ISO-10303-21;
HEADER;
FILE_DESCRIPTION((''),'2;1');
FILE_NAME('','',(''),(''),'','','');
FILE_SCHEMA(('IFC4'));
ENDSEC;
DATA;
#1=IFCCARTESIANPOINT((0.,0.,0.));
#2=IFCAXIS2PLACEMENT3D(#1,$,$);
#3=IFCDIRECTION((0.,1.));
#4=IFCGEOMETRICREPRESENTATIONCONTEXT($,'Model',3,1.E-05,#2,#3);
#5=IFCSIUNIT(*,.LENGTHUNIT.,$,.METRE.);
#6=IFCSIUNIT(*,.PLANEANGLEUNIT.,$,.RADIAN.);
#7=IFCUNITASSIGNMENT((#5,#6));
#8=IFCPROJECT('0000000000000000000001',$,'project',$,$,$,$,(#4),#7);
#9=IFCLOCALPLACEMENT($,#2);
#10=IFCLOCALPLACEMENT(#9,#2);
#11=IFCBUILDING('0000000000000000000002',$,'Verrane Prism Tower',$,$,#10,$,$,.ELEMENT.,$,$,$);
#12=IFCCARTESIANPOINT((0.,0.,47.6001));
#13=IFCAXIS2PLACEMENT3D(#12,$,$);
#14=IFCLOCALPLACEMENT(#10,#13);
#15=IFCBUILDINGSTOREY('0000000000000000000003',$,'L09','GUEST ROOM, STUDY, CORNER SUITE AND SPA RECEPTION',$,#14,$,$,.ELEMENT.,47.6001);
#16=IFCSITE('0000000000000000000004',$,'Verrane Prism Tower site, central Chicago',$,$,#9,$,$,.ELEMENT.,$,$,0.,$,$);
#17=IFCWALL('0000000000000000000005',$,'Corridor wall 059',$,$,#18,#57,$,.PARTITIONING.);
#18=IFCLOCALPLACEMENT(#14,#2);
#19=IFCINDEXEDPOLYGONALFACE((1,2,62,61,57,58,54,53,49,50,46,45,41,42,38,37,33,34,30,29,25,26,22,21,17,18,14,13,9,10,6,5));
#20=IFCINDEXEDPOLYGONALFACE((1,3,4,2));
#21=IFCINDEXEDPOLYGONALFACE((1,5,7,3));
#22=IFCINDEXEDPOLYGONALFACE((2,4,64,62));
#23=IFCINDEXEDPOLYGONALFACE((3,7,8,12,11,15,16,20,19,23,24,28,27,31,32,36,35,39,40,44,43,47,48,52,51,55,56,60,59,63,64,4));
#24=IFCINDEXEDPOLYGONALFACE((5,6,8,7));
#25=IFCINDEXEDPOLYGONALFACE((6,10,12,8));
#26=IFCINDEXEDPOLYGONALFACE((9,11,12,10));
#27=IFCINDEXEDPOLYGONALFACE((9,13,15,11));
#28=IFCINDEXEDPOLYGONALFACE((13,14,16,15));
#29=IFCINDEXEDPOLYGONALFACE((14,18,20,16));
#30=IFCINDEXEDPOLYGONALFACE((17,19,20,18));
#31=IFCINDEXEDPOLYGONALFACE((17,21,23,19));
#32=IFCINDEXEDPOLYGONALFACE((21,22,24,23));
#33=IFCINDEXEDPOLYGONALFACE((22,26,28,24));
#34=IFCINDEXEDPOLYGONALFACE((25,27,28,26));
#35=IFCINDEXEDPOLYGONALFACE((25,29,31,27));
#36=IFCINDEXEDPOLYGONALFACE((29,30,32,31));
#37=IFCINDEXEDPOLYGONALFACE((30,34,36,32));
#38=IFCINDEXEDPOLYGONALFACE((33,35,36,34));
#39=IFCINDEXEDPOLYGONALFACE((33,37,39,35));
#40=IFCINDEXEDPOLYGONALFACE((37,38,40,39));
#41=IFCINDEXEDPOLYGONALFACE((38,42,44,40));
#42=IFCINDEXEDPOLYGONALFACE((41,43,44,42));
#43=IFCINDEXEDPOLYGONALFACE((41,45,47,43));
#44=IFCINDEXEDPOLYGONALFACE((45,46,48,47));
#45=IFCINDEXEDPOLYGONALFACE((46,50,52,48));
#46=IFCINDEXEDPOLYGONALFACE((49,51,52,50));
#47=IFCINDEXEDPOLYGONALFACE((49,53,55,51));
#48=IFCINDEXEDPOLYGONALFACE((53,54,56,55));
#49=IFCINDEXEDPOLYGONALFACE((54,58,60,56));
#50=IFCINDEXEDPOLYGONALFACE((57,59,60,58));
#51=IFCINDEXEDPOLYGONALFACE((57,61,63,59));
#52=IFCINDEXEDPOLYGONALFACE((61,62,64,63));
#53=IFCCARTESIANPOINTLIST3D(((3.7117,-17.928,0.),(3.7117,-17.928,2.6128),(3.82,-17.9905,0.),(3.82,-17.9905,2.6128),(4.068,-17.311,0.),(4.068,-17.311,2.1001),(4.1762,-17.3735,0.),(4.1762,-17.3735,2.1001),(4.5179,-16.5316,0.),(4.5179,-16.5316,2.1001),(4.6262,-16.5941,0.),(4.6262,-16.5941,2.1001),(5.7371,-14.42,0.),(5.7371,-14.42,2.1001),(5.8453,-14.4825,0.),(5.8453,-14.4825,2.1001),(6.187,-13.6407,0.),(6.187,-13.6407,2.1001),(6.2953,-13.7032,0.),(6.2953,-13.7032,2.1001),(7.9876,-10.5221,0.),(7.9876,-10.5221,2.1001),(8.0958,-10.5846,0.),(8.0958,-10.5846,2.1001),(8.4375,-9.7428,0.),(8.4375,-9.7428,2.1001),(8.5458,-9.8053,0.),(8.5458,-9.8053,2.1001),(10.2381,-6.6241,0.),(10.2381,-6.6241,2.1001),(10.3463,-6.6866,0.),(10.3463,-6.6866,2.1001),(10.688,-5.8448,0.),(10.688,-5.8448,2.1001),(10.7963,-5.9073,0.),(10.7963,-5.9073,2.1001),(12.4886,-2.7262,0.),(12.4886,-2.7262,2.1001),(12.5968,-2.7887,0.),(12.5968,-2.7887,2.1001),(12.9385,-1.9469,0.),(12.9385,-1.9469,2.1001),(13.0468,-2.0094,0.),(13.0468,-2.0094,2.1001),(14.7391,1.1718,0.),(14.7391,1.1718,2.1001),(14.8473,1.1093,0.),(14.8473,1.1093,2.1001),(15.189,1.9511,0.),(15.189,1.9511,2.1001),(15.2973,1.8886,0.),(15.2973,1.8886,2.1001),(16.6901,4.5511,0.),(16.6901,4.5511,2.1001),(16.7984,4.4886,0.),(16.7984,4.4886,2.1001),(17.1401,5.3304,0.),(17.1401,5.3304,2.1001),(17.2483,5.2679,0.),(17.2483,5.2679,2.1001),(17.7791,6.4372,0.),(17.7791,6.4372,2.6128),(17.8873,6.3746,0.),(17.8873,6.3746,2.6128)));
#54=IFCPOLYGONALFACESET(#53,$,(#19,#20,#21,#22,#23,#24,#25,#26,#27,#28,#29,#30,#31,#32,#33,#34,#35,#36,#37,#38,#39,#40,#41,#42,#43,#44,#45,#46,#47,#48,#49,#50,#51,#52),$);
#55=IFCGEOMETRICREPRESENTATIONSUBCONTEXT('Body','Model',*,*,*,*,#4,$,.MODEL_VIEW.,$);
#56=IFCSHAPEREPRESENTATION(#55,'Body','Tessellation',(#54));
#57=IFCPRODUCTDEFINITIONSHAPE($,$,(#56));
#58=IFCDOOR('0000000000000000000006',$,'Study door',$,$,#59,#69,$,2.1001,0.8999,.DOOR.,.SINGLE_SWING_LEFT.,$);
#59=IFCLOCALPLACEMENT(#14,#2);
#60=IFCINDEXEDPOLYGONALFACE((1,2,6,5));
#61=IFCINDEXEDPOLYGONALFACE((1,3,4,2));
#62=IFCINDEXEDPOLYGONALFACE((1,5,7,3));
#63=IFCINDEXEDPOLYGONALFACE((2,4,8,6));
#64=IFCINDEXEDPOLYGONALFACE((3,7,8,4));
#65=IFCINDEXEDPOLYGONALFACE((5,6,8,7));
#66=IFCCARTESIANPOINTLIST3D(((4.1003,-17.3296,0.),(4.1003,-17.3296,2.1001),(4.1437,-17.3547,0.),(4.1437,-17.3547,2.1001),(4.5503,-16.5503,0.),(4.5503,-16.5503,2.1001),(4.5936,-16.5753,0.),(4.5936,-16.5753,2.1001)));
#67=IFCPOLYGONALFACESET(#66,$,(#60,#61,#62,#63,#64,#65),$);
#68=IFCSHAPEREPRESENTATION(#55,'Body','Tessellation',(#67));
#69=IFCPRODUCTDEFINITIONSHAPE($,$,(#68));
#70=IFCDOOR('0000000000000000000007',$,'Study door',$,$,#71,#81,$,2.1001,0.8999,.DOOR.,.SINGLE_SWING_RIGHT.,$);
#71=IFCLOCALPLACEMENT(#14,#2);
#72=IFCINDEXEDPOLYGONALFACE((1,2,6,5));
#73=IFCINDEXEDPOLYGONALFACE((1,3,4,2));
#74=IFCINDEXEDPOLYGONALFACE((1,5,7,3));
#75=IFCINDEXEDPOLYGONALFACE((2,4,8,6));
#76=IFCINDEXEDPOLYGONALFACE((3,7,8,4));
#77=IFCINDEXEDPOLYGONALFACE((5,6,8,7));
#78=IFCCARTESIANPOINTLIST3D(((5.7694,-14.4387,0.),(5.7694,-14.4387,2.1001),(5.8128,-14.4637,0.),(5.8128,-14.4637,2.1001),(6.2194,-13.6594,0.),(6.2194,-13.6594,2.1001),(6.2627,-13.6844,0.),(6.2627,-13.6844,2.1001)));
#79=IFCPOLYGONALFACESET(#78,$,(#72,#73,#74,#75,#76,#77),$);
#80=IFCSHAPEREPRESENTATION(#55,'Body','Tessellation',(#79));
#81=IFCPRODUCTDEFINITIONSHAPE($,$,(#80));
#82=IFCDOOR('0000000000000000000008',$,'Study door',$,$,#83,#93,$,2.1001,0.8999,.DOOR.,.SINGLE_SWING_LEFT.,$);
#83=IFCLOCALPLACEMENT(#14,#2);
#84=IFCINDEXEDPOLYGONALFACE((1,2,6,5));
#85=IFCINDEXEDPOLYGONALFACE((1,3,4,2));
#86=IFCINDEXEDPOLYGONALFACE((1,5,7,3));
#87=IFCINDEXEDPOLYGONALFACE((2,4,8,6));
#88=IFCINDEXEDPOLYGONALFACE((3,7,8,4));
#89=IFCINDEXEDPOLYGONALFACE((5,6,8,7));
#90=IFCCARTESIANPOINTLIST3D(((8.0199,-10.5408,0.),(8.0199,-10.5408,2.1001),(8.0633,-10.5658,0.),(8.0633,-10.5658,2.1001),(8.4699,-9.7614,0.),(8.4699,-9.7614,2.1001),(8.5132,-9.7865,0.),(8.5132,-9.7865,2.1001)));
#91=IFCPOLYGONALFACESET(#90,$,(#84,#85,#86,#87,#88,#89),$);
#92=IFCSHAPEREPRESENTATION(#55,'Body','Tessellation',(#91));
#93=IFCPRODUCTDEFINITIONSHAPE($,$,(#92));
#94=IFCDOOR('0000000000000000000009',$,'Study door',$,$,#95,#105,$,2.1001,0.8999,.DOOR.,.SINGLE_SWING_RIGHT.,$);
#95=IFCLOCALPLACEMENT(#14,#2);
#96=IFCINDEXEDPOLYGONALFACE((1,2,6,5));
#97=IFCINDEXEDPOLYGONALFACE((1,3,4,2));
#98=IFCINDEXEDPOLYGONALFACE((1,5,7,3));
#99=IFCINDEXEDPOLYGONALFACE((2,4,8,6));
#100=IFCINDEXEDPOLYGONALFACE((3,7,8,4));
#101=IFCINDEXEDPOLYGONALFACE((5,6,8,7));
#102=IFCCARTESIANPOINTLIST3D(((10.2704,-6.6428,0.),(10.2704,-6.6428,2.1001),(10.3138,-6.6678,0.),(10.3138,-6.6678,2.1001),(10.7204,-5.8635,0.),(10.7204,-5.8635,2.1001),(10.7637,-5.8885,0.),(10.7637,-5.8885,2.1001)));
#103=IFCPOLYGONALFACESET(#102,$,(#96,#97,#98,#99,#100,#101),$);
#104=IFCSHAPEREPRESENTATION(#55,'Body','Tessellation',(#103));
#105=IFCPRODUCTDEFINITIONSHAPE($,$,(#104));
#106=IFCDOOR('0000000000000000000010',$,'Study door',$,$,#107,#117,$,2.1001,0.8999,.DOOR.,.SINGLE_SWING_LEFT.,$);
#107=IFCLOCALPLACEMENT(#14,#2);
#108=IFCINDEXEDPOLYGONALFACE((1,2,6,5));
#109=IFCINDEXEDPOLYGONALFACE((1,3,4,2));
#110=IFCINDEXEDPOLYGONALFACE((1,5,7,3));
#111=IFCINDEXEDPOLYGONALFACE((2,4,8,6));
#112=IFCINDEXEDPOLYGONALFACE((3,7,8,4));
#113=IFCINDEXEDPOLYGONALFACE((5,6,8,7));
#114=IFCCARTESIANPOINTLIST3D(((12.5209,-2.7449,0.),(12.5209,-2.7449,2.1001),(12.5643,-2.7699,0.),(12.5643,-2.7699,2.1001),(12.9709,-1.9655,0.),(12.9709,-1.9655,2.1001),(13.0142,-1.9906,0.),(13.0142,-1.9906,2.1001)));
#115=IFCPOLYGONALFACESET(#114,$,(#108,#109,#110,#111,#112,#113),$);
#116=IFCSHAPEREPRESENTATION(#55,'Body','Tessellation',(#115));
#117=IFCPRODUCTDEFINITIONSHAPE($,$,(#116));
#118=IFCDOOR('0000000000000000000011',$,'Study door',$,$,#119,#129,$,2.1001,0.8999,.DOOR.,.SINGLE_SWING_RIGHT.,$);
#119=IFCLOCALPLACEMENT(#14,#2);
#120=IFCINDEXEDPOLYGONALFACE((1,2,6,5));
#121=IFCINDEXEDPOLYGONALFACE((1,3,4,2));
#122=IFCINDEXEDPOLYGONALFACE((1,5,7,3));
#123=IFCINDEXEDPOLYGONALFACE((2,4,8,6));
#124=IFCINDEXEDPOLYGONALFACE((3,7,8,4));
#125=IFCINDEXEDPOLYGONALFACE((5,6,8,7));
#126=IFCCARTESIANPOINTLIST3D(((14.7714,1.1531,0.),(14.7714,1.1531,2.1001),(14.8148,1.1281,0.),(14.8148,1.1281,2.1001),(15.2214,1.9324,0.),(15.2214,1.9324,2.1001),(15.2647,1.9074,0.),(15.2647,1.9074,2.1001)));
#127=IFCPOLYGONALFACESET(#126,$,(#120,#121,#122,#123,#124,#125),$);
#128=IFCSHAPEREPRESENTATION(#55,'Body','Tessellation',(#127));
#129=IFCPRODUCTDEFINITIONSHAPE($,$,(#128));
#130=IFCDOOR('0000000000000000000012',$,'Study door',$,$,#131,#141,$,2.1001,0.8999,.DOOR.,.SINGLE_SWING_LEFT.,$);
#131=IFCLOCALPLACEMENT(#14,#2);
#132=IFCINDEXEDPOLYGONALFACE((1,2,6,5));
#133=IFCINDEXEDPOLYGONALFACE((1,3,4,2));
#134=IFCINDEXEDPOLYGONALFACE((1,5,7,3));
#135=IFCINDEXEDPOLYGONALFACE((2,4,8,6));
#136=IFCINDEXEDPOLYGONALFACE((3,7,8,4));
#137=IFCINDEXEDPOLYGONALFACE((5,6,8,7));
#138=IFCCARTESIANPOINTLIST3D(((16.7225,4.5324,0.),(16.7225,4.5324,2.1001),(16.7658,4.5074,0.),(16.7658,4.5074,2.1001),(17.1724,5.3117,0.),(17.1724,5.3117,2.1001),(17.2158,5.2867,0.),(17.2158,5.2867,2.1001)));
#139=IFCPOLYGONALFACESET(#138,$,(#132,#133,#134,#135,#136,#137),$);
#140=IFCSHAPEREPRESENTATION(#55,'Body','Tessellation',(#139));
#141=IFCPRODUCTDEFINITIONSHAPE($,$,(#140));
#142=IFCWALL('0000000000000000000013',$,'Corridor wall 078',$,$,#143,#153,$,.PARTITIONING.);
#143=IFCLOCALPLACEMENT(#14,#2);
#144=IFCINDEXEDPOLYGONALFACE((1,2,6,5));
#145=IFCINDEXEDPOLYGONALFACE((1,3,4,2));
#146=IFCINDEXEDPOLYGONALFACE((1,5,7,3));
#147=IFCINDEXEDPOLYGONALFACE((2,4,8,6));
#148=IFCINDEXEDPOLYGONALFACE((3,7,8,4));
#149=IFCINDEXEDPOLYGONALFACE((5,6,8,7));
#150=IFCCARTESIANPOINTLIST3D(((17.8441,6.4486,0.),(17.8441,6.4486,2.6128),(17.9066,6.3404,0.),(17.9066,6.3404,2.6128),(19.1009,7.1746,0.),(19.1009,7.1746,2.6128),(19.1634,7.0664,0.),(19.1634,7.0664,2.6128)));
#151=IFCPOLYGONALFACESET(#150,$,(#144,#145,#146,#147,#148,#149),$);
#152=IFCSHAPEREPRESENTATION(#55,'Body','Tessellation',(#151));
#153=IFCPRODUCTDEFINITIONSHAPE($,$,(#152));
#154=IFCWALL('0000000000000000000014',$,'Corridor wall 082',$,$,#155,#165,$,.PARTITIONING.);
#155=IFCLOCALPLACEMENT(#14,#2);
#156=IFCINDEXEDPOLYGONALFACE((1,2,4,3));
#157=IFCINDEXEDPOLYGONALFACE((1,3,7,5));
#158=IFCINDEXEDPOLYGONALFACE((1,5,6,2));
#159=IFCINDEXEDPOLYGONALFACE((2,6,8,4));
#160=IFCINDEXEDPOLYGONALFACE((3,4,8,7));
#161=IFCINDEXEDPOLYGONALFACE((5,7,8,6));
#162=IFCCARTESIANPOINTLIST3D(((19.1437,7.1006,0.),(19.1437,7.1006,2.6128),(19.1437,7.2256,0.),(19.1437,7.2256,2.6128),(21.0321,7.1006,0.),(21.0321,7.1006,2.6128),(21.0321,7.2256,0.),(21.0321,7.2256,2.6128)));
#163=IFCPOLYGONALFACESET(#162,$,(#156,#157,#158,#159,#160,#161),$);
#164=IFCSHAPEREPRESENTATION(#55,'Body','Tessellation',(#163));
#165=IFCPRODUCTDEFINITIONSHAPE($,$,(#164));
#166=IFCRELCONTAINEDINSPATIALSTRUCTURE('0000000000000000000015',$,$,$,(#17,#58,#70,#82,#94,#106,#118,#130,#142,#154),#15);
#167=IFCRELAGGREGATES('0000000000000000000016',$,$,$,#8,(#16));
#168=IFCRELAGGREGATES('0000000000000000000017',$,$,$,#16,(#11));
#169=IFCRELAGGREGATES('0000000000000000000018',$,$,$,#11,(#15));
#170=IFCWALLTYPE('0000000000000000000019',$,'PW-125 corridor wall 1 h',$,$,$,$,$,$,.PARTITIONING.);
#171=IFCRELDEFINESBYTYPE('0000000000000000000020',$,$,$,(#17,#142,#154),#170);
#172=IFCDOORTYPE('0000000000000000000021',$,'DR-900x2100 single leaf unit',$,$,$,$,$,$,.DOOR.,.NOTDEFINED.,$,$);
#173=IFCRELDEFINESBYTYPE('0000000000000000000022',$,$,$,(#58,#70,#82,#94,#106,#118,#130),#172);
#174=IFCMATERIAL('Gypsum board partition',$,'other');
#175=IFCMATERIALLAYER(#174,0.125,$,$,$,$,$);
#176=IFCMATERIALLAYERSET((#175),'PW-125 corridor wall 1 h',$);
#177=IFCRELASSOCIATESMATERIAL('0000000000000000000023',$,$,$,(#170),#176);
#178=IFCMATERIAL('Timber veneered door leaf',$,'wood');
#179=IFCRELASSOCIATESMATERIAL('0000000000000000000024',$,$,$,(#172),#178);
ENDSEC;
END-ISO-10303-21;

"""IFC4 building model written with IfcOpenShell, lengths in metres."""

from ifc_helpers import new_model, si_unit, direction, frame, frame_2d, origin, place, context, subcontext, project, spatial, rectangle, extrude, material, layer, layer_set, type_object, element, fill, save


model = new_model("IFC4")

# Units and contexts
model_context = context("Model", 3, precision=1e-05, world=origin(), true_north=direction((0.0, 1.0)))
body_context = subcontext(model_context, "Body", "Model", "MODEL_VIEW")
ifc_project = project(units=[si_unit("LENGTHUNIT", "METRE"), si_unit("PLANEANGLEUNIT", "RADIAN")], contexts=[model_context])

# Site, building, storey
site_placement = place(None, origin())
site = spatial("IfcSite", under=ifc_project, at=site_placement, Name="Verrane Prism Tower site, central Chicago", CompositionType="ELEMENT", RefElevation=0.0)
building_placement = place(site_placement, origin())
building = spatial("IfcBuilding", under=site, at=building_placement, Name="Verrane Prism Tower", CompositionType="ELEMENT")
storey_placement = place(building_placement, frame((0.0, 0.0, 47.6001)))
storey = spatial("IfcBuildingStorey", under=building, at=storey_placement, Name="L09", Description="GUEST ROOM, STUDY, CORNER SUITE AND SPA RECEPTION", CompositionType="ELEMENT", Elevation=47.6001)

# Wall, openings, doors
ifc_material_1 = material(Name="Gypsum board partition", Category="other")
ifc_layer_1 = layer(ifc_material_1, 0.125)
ifc_layer_set_1 = layer_set([ifc_layer_1], Name="PW-125 corridor wall 1 h")
wall_type_1 = type_object("IfcWallType", Name="PW-125 corridor wall 1 h", PredefinedType="PARTITIONING", material=ifc_layer_set_1)
wall_1_placement = place(storey_placement, frame((17.8333, 6.406, 0.0), z_axis=(0.0, 0.0, 1.0), x_axis=(-0.500003, -0.866024, 0.0)))
wall_1 = element("IfcWall", 1, at=wall_1_placement, inside=storey, type_object=wall_type_1, Name="Corridor wall 059", PredefinedType="PARTITIONING", context=body_context, shape_type="SweptSolid", body=[
    extrude(rectangle(XDim=28.1345, YDim=0.125, at=frame_2d((14.0674, 0.0))), origin(), (0.0, 0.0, 1.0), 2.6128),
])
opening_1_placement = place(wall_1_placement, frame((26.5222, 0.0, 0.0)))
opening_1 = element("IfcOpeningElement", 2, at=opening_1_placement, cuts=wall_1, PredefinedType="OPENING", context=body_context, shape_type="SweptSolid", body=[
    extrude(rectangle(XDim=0.8999, YDim=2.1001, at=frame_2d((0.45, 1.05))), frame((0.0, 0.0725, 0.0), z_axis=(0.0, -1.0, 0.0), x_axis=(1.0, 0.0, 0.0)), (0.0, 0.0, 1.0), 0.145),
])
opening_2_placement = place(wall_1_placement, frame((23.1841, 0.0, 0.0)))
opening_2 = element("IfcOpeningElement", 3, at=opening_2_placement, cuts=wall_1, PredefinedType="OPENING", context=body_context, shape_type="SweptSolid", body=[
    extrude(rectangle(XDim=0.8999, YDim=2.1001, at=frame_2d((0.45, 1.05))), frame((0.0, 0.0725, 0.0), z_axis=(0.0, -1.0, 0.0), x_axis=(1.0, 0.0, 0.0)), (0.0, 0.0, 1.0), 0.145),
])
opening_3_placement = place(wall_1_placement, frame((18.6831, 0.0, 0.0)))
opening_3 = element("IfcOpeningElement", 4, at=opening_3_placement, cuts=wall_1, PredefinedType="OPENING", context=body_context, shape_type="SweptSolid", body=[
    extrude(rectangle(XDim=0.8999, YDim=2.1001, at=frame_2d((0.45, 1.05))), frame((0.0, 0.0725, 0.0), z_axis=(0.0, -1.0, 0.0), x_axis=(1.0, 0.0, 0.0)), (0.0, 0.0, 1.0), 0.145),
])
opening_4_placement = place(wall_1_placement, frame((14.1821, 0.0, 0.0)))
opening_4 = element("IfcOpeningElement", 5, at=opening_4_placement, cuts=wall_1, PredefinedType="OPENING", context=body_context, shape_type="SweptSolid", body=[
    extrude(rectangle(XDim=0.8999, YDim=2.1001, at=frame_2d((0.45, 1.05))), frame((0.0, 0.0725, 0.0), z_axis=(0.0, -1.0, 0.0), x_axis=(1.0, 0.0, 0.0)), (0.0, 0.0, 1.0), 0.145),
])
opening_5_placement = place(wall_1_placement, frame((9.6812, 0.0, 0.0)))
opening_5 = element("IfcOpeningElement", 6, at=opening_5_placement, cuts=wall_1, PredefinedType="OPENING", context=body_context, shape_type="SweptSolid", body=[
    extrude(rectangle(XDim=0.8999, YDim=2.1001, at=frame_2d((0.45, 1.05))), frame((0.0, 0.0725, 0.0), z_axis=(0.0, -1.0, 0.0), x_axis=(1.0, 0.0, 0.0)), (0.0, 0.0, 1.0), 0.145),
])
opening_6_placement = place(wall_1_placement, frame((5.1802, 0.0, 0.0)))
opening_6 = element("IfcOpeningElement", 7, at=opening_6_placement, cuts=wall_1, PredefinedType="OPENING", context=body_context, shape_type="SweptSolid", body=[
    extrude(rectangle(XDim=0.8999, YDim=2.1001, at=frame_2d((0.45, 1.05))), frame((0.0, 0.0725, 0.0), z_axis=(0.0, -1.0, 0.0), x_axis=(1.0, 0.0, 0.0)), (0.0, 0.0, 1.0), 0.145),
])
opening_7_placement = place(wall_1_placement, frame((1.2781, 0.0, 0.0)))
opening_7 = element("IfcOpeningElement", 8, at=opening_7_placement, cuts=wall_1, PredefinedType="OPENING", context=body_context, shape_type="SweptSolid", body=[
    extrude(rectangle(XDim=0.8999, YDim=2.1001, at=frame_2d((0.45, 1.05))), frame((0.0, 0.0725, 0.0), z_axis=(0.0, -1.0, 0.0), x_axis=(1.0, 0.0, 0.0)), (0.0, 0.0, 1.0), 0.145),
])
ifc_material_2 = material(Name="Timber veneered door leaf", Category="wood")
door_type_1 = type_object("IfcDoorType", Name="DR-900x2100 single leaf unit", OperationType="NOTDEFINED", PredefinedType="DOOR", material=ifc_material_2)
door_1_placement = place(opening_1_placement, origin())
door_1 = element("IfcDoor", 9, at=door_1_placement, inside=storey, type_object=door_type_1, Name="Study door", OperationType="SINGLE_SWING_LEFT", OverallHeight=2.1001, OverallWidth=0.8999, PredefinedType="DOOR", context=body_context, shape_type="SweptSolid", body=[
    extrude(rectangle(XDim=0.8999, YDim=2.1001, at=frame_2d((0.45, 1.05))), frame((0.0, 0.0249, 0.0), z_axis=(0.0, -1.0, 0.0), x_axis=(1.0, 0.0, 0.0)), (0.0, 0.0, 1.0), 0.05),
])
fill(opening_1, door_1)
door_2_placement = place(opening_2_placement, origin())
door_2 = element("IfcDoor", 10, at=door_2_placement, inside=storey, type_object=door_type_1, Name="Study door", OperationType="SINGLE_SWING_RIGHT", OverallHeight=2.1001, OverallWidth=0.8999, PredefinedType="DOOR", context=body_context, shape_type="SweptSolid", body=[
    extrude(rectangle(XDim=0.8999, YDim=2.1001, at=frame_2d((0.45, 1.05))), frame((0.0, 0.0249, 0.0), z_axis=(0.0, -1.0, 0.0), x_axis=(1.0, 0.0, 0.0)), (0.0, 0.0, 1.0), 0.05),
])
fill(opening_2, door_2)
door_3_placement = place(opening_3_placement, origin())
door_3 = element("IfcDoor", 11, at=door_3_placement, inside=storey, type_object=door_type_1, Name="Study door", OperationType="SINGLE_SWING_LEFT", OverallHeight=2.1001, OverallWidth=0.8999, PredefinedType="DOOR", context=body_context, shape_type="SweptSolid", body=[
    extrude(rectangle(XDim=0.8999, YDim=2.1001, at=frame_2d((0.45, 1.05))), frame((0.0, 0.0249, 0.0), z_axis=(0.0, -1.0, 0.0), x_axis=(1.0, 0.0, 0.0)), (0.0, 0.0, 1.0), 0.05),
])
fill(opening_3, door_3)
door_4_placement = place(opening_4_placement, origin())
door_4 = element("IfcDoor", 12, at=door_4_placement, inside=storey, type_object=door_type_1, Name="Study door", OperationType="SINGLE_SWING_RIGHT", OverallHeight=2.1001, OverallWidth=0.8999, PredefinedType="DOOR", context=body_context, shape_type="SweptSolid", body=[
    extrude(rectangle(XDim=0.8999, YDim=2.1001, at=frame_2d((0.45, 1.05))), frame((0.0, 0.0249, 0.0), z_axis=(0.0, -1.0, 0.0), x_axis=(1.0, 0.0, 0.0)), (0.0, 0.0, 1.0), 0.05),
])
fill(opening_4, door_4)
door_5_placement = place(opening_5_placement, origin())
door_5 = element("IfcDoor", 13, at=door_5_placement, inside=storey, type_object=door_type_1, Name="Study door", OperationType="SINGLE_SWING_LEFT", OverallHeight=2.1001, OverallWidth=0.8999, PredefinedType="DOOR", context=body_context, shape_type="SweptSolid", body=[
    extrude(rectangle(XDim=0.8999, YDim=2.1001, at=frame_2d((0.45, 1.05))), frame((0.0, 0.0249, 0.0), z_axis=(0.0, -1.0, 0.0), x_axis=(1.0, 0.0, 0.0)), (0.0, 0.0, 1.0), 0.05),
])
fill(opening_5, door_5)
door_6_placement = place(opening_6_placement, origin())
door_6 = element("IfcDoor", 14, at=door_6_placement, inside=storey, type_object=door_type_1, Name="Study door", OperationType="SINGLE_SWING_RIGHT", OverallHeight=2.1001, OverallWidth=0.8999, PredefinedType="DOOR", context=body_context, shape_type="SweptSolid", body=[
    extrude(rectangle(XDim=0.8999, YDim=2.1001, at=frame_2d((0.45, 1.05))), frame((0.0, 0.0249, 0.0), z_axis=(0.0, -1.0, 0.0), x_axis=(1.0, 0.0, 0.0)), (0.0, 0.0, 1.0), 0.05),
])
fill(opening_6, door_6)
door_7_placement = place(opening_7_placement, origin())
door_7 = element("IfcDoor", 15, at=door_7_placement, inside=storey, type_object=door_type_1, Name="Study door", OperationType="SINGLE_SWING_LEFT", OverallHeight=2.1001, OverallWidth=0.8999, PredefinedType="DOOR", context=body_context, shape_type="SweptSolid", body=[
    extrude(rectangle(XDim=0.8999, YDim=2.1001, at=frame_2d((0.45, 1.05))), frame((0.0, 0.0249, 0.0), z_axis=(0.0, -1.0, 0.0), x_axis=(1.0, 0.0, 0.0)), (0.0, 0.0, 1.0), 0.05),
])
fill(opening_7, door_7)

# Walls
wall_2_placement = place(storey_placement, frame((17.8755, 6.3945, 0.0), z_axis=(0.0, 0.0, 1.0), x_axis=(0.865894, 0.500227, 0.0)))
element("IfcWall", 16, at=wall_2_placement, inside=storey, type_object=wall_type_1, Name="Corridor wall 078", PredefinedType="PARTITIONING", context=body_context, shape_type="SweptSolid", body=[
    extrude(rectangle(XDim=1.4514, YDim=0.125, at=frame_2d((0.7256, 0.0))), origin(), (0.0, 0.0, 1.0), 2.6128),
])
wall_3_placement = place(storey_placement, frame((19.1436, 7.1631, 0.0), z_axis=(0.0, 0.0, 1.0), x_axis=(1.0, 0.0, 0.0)))
element("IfcWall", 17, at=wall_3_placement, inside=storey, type_object=wall_type_1, Name="Corridor wall 082", PredefinedType="PARTITIONING", context=body_context, shape_type="SweptSolid", body=[
    extrude(rectangle(XDim=1.8884, YDim=0.125, at=frame_2d((0.9443, 0.0))), origin(), (0.0, 0.0, 1.0), 2.6128),
])

save(model, "model.ifc")
